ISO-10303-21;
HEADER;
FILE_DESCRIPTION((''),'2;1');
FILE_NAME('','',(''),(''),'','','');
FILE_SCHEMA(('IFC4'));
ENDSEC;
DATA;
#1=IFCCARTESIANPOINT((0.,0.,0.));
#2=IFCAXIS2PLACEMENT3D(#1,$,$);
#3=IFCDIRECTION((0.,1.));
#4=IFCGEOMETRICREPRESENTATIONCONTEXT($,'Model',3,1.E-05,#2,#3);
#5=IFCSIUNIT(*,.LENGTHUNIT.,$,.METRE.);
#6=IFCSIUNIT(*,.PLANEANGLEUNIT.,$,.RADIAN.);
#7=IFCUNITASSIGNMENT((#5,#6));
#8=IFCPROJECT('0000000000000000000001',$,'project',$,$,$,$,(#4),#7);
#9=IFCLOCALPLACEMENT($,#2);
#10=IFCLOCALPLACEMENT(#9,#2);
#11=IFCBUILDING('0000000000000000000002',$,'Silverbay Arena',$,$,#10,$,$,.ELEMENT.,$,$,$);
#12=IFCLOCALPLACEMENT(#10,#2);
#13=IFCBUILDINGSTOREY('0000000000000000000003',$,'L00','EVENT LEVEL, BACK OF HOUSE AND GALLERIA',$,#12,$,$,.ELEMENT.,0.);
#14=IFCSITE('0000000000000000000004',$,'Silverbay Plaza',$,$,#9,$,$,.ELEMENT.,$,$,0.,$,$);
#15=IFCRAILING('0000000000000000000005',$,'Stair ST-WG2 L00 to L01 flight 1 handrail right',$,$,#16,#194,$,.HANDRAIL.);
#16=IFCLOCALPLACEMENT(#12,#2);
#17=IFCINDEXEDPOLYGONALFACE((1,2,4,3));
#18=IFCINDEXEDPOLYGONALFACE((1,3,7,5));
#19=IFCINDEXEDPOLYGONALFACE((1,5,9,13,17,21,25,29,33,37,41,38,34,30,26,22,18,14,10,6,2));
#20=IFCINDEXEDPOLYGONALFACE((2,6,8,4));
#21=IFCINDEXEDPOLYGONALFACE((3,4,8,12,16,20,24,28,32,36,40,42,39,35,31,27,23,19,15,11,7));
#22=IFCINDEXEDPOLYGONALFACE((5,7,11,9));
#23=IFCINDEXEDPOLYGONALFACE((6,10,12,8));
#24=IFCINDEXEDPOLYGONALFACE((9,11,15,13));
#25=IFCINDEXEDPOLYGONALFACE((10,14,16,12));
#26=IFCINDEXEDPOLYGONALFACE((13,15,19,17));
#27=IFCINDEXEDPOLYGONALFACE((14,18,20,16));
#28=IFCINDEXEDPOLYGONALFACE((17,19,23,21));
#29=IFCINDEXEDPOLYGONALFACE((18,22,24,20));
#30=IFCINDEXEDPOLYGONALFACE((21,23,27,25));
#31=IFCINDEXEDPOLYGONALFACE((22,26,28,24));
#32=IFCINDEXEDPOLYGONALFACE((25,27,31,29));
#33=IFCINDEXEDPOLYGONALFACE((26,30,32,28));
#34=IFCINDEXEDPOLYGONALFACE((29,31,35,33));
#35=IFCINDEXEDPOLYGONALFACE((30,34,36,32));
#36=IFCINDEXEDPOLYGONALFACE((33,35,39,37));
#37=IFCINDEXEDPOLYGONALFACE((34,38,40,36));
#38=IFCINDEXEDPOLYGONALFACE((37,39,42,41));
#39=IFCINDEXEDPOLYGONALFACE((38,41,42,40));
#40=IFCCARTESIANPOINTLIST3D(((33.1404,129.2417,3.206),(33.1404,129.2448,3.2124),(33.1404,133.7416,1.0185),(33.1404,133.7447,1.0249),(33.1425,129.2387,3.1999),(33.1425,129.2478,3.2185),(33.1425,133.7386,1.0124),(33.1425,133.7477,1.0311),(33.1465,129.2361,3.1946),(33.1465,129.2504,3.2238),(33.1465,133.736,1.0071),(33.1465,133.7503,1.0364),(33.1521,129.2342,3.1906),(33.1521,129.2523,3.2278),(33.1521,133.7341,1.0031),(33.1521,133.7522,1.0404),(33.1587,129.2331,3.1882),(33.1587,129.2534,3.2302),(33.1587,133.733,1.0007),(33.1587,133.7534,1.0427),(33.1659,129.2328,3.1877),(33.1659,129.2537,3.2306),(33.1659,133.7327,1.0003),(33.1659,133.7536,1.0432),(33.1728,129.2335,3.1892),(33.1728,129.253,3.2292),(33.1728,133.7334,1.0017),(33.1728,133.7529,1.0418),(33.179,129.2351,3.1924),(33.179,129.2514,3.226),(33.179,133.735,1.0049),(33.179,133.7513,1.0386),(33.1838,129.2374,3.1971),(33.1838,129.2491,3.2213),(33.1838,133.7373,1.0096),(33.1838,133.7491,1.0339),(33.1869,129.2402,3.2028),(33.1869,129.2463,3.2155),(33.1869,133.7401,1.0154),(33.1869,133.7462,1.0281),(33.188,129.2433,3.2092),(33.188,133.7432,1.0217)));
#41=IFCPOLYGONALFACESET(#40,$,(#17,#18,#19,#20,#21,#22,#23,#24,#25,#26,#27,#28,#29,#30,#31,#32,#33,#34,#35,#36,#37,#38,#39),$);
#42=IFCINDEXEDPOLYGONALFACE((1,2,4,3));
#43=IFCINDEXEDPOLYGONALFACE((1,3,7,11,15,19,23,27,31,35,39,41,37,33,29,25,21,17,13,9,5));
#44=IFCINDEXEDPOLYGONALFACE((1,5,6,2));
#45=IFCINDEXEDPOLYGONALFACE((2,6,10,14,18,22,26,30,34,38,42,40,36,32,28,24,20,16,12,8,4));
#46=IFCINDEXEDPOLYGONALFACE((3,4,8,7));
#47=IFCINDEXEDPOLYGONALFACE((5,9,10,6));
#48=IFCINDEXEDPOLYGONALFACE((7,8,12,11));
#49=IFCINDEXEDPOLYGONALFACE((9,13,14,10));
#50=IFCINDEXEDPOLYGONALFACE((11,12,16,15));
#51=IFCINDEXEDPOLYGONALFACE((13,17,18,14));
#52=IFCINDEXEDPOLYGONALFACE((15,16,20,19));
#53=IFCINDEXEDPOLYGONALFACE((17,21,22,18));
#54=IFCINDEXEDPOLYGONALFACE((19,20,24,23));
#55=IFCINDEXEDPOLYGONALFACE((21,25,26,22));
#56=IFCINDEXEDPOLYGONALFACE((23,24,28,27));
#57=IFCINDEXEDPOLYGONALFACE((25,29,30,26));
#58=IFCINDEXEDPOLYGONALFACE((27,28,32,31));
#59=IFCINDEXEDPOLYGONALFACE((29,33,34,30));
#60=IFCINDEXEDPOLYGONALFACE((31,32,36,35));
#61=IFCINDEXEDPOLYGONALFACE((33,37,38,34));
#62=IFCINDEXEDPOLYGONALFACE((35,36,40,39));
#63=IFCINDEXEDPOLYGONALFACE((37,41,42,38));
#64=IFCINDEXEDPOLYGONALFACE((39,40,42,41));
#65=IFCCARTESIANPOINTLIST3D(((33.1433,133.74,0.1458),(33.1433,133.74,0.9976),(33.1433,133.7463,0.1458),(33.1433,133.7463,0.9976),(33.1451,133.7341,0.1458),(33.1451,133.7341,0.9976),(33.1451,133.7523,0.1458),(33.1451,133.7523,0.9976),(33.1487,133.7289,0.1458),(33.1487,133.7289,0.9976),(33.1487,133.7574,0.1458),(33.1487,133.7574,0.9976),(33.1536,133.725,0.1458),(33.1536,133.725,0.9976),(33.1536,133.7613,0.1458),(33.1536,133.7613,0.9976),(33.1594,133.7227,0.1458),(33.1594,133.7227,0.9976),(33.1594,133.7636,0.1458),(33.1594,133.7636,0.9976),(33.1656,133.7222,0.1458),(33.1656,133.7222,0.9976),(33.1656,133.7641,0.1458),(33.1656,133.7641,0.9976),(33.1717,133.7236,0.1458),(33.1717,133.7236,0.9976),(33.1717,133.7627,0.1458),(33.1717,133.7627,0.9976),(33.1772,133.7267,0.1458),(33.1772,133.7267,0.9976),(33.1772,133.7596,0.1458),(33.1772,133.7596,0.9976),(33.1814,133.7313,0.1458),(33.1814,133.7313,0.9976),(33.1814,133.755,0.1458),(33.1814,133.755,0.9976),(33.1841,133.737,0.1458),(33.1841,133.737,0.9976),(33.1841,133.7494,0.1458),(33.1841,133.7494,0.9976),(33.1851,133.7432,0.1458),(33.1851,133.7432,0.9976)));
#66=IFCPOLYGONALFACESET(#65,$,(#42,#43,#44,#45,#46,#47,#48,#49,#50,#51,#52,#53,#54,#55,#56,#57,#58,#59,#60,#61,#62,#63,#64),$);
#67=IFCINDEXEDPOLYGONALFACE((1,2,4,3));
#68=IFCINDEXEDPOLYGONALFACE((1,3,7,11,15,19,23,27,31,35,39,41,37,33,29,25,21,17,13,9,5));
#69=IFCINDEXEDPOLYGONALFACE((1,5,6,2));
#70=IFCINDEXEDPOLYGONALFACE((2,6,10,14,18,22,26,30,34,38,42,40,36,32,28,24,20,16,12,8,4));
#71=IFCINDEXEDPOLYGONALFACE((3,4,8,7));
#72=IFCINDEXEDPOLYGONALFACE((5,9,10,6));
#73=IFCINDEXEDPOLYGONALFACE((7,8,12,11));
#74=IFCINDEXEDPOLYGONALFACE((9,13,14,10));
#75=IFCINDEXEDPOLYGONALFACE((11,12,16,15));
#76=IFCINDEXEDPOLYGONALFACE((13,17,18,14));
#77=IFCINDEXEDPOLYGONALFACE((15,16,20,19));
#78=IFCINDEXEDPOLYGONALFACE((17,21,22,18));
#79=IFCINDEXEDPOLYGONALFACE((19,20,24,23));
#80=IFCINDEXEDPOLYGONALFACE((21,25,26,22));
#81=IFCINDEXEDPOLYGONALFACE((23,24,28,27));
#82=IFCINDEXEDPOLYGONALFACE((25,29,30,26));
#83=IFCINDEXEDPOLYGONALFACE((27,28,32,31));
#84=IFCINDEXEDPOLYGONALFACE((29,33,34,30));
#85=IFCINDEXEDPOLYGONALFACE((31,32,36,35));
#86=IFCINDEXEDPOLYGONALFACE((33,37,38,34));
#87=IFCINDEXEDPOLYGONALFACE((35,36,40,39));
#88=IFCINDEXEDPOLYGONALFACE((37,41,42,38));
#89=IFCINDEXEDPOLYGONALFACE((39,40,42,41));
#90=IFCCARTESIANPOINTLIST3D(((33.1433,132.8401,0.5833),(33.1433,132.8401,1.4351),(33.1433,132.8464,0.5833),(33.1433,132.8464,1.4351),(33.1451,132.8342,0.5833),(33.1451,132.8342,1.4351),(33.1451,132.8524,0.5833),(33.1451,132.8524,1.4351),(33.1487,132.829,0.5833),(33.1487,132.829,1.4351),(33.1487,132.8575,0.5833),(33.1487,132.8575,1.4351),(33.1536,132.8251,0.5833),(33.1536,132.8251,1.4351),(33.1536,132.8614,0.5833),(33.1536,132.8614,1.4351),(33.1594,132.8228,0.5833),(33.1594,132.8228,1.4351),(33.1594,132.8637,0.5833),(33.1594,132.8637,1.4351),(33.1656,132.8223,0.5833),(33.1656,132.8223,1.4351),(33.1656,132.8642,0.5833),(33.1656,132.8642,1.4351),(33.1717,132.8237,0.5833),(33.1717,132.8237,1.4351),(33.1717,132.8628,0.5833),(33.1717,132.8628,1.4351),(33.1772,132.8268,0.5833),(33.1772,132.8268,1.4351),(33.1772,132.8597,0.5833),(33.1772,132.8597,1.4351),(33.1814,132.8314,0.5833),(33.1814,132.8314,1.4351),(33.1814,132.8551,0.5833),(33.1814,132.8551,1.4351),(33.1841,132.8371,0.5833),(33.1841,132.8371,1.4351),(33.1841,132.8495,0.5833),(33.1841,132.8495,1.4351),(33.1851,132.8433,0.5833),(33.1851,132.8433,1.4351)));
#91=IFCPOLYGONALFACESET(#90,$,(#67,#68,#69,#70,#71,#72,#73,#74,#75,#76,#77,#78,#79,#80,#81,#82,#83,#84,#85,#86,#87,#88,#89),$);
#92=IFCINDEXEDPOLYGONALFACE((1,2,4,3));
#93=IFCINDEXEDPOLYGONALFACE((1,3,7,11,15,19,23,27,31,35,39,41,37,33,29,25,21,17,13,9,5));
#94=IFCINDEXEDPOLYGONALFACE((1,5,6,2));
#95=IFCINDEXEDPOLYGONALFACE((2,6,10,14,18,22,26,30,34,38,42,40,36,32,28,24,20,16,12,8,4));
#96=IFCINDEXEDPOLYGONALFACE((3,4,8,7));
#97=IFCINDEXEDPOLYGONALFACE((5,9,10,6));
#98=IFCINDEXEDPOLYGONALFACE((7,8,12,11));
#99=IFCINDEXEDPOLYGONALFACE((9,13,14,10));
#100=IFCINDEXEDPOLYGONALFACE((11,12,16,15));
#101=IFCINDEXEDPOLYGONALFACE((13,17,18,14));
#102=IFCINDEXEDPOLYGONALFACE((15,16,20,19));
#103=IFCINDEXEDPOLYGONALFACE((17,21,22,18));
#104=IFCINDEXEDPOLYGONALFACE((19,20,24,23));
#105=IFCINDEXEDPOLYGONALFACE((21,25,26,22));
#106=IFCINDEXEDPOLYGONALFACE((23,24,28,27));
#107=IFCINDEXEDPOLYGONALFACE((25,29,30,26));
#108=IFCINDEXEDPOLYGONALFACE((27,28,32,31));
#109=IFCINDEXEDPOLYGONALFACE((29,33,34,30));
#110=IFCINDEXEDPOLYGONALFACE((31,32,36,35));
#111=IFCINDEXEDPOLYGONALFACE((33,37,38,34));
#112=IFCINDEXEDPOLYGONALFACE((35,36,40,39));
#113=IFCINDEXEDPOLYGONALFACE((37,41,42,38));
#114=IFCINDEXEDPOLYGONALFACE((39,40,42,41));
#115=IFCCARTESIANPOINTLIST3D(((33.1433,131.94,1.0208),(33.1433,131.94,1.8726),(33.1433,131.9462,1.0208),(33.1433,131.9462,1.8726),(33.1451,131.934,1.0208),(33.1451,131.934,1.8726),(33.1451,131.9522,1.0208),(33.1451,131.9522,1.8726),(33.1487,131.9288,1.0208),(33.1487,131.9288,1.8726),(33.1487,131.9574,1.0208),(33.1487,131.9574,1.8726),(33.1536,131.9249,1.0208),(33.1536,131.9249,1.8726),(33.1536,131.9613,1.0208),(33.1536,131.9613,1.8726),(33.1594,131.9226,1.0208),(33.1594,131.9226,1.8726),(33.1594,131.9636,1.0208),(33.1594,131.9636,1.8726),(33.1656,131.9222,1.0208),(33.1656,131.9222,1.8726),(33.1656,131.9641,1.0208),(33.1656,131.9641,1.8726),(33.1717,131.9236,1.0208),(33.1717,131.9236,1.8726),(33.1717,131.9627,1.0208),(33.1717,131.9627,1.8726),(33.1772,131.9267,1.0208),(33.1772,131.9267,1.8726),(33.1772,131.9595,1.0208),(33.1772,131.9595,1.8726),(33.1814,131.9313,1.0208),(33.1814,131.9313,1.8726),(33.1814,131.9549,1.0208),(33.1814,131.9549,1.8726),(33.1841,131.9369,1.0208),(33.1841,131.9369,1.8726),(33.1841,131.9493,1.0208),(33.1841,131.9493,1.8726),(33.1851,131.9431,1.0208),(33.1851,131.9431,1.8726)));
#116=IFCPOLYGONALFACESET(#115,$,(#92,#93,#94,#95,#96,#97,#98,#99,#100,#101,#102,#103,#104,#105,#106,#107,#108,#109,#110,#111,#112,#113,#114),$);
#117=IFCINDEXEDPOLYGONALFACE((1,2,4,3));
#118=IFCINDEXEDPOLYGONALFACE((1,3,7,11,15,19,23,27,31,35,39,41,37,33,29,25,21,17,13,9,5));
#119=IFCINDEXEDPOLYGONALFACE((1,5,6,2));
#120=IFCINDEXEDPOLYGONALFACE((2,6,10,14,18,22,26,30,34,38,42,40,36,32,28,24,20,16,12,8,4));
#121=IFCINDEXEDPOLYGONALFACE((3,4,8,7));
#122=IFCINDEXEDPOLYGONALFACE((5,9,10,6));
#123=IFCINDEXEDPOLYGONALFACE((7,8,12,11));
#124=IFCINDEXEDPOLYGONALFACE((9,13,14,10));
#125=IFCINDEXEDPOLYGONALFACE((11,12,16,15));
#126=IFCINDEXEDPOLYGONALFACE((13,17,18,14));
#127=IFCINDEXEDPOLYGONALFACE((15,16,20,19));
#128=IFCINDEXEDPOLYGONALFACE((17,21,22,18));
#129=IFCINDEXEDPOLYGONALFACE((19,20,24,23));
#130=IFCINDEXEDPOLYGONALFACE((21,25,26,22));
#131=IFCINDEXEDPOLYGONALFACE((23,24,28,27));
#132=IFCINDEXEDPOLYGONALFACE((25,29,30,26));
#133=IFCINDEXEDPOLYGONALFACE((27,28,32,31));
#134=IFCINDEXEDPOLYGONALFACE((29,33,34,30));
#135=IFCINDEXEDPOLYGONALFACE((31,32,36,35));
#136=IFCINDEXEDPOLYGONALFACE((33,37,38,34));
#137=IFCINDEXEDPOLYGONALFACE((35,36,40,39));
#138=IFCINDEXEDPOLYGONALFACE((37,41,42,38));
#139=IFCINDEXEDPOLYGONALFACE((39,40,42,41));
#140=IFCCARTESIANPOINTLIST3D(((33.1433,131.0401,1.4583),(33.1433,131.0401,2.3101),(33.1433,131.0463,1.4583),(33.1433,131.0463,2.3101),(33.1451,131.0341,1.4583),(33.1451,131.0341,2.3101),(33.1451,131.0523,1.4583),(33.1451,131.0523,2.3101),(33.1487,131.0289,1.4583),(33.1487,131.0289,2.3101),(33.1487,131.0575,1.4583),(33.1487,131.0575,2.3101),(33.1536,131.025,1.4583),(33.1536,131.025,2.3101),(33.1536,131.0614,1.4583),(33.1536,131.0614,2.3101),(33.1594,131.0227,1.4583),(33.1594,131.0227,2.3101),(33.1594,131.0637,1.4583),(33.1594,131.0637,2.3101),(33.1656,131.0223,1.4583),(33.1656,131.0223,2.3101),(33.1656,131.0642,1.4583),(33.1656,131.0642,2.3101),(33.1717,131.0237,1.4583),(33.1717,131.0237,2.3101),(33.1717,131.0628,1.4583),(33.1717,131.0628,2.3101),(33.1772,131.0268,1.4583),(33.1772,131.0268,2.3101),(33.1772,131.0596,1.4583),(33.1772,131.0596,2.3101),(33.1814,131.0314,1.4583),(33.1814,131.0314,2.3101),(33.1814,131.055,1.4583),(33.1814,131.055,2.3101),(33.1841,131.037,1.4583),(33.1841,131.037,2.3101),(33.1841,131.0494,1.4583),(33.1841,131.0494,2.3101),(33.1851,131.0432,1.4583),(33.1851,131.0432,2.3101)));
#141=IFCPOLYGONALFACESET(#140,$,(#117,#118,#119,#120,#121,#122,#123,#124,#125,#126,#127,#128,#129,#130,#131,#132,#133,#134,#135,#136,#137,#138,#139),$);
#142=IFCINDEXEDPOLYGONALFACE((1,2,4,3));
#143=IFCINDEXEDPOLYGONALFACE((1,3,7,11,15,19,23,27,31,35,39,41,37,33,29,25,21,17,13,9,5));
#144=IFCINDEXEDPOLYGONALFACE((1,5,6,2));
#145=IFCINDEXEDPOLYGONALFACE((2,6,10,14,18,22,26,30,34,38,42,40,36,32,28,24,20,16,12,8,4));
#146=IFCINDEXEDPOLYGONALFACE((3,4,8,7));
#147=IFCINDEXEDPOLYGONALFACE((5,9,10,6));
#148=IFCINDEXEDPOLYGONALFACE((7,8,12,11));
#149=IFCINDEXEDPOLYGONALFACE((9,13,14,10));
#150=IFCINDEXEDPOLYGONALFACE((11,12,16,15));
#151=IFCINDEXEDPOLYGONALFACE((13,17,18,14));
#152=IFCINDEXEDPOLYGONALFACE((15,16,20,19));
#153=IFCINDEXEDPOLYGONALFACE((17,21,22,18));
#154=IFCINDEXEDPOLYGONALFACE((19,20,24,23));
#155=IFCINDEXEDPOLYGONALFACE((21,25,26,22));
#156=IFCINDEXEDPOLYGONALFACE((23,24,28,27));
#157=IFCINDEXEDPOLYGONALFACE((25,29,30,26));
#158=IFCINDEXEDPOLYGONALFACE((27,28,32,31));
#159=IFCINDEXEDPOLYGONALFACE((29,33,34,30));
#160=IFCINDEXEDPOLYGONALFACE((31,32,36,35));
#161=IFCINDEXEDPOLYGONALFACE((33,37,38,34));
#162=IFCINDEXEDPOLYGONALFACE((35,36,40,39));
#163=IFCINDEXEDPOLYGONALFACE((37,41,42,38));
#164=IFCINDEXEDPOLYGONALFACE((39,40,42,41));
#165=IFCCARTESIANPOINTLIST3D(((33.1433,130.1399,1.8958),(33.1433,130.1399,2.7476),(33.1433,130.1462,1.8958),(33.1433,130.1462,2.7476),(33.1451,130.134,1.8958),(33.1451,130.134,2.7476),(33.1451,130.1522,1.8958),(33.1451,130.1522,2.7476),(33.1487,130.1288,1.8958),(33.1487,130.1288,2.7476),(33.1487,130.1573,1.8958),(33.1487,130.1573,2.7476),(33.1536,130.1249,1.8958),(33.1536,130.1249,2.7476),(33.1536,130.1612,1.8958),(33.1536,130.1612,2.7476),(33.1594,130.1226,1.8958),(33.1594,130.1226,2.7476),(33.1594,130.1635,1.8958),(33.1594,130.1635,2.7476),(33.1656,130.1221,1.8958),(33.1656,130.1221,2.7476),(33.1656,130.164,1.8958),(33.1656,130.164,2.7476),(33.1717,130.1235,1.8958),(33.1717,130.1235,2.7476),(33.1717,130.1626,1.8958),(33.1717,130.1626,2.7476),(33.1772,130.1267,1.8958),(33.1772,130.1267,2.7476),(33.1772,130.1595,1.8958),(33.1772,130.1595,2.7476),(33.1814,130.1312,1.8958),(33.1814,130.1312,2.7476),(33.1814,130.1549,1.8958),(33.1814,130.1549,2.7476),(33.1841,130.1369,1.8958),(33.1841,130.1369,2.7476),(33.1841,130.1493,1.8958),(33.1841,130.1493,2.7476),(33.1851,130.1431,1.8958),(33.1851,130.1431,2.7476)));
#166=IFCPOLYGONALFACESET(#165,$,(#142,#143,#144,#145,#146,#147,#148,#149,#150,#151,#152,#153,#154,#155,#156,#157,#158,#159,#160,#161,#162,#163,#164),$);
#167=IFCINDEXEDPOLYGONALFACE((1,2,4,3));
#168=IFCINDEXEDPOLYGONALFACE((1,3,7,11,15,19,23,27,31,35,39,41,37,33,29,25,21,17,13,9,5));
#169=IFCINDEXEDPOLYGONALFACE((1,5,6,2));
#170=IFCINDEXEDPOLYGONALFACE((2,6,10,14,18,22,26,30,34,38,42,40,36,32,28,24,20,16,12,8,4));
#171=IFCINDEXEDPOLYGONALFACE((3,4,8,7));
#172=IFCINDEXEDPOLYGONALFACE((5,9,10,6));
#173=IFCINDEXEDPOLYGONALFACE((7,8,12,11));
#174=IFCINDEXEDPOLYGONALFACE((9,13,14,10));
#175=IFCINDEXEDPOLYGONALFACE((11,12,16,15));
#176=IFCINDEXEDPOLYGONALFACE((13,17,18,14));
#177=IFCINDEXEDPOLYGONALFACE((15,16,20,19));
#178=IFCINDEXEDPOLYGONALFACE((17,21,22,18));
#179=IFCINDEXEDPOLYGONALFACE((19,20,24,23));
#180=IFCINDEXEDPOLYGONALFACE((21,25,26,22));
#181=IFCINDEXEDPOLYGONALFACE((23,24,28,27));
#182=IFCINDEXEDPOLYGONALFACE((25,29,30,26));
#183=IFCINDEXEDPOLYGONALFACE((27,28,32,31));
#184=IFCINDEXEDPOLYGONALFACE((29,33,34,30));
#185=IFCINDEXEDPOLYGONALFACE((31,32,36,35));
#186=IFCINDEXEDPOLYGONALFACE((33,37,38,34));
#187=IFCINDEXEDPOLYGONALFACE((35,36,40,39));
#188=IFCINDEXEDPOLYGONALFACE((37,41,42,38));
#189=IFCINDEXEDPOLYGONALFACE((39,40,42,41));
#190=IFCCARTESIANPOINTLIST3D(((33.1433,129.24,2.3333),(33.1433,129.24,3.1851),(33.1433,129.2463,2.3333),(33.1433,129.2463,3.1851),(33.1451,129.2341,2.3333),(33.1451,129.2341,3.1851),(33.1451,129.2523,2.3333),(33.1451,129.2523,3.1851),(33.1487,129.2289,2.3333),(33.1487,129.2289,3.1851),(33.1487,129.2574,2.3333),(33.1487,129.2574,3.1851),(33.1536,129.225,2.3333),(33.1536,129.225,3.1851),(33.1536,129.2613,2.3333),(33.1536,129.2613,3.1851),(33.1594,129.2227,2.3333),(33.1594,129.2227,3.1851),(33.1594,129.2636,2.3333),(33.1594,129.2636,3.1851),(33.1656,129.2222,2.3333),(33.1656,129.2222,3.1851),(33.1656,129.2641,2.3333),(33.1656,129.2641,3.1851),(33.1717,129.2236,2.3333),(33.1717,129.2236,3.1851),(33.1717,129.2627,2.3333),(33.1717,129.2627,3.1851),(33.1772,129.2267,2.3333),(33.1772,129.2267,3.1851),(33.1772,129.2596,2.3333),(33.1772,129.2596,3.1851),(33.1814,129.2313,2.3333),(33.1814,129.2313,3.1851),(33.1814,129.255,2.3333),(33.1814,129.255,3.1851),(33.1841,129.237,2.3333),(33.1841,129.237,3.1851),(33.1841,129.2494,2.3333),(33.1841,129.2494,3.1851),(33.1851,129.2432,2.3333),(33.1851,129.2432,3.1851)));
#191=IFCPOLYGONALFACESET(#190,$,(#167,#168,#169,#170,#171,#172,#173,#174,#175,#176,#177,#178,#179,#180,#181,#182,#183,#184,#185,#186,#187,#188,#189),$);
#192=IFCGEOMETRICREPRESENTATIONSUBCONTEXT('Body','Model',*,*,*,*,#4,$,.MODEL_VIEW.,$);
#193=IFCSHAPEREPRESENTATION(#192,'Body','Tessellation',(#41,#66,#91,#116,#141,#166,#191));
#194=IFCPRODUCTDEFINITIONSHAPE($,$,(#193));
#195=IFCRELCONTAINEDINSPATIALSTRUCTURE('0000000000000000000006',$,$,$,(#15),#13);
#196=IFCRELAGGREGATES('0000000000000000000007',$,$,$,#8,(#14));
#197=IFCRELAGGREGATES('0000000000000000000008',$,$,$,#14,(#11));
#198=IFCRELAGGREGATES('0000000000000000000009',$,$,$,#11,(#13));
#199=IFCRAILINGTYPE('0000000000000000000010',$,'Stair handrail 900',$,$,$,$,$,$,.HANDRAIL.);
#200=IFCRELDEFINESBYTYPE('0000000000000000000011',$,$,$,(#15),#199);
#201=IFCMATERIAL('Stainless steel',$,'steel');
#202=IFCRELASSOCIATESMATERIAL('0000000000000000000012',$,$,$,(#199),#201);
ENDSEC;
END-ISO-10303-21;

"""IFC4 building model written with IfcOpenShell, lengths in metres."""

from ifc_helpers import new_model, si_unit, direction, frame, origin, origin_2d, place, context, subcontext, project, spatial, circle, extrude, material, type_object, element, save


model = new_model("IFC4")

# Units and contexts
model_context = context("Model", 3, precision=1e-05, world=origin(), true_north=direction((0.0, 1.0)))
body_context = subcontext(model_context, "Body", "Model", "MODEL_VIEW")
ifc_project = project(units=[si_unit("LENGTHUNIT", "METRE"), si_unit("PLANEANGLEUNIT", "RADIAN")], contexts=[model_context])

# Site, building, storey
site_placement = place(None, origin())
site = spatial("IfcSite", under=ifc_project, at=site_placement, Name="Silverbay Plaza", CompositionType="ELEMENT", RefElevation=0.0)
building_placement = place(site_placement, origin())
building = spatial("IfcBuilding", under=site, at=building_placement, Name="Silverbay Arena", CompositionType="ELEMENT")
storey_placement = place(building_placement, origin())
storey = spatial("IfcBuildingStorey", under=building, at=storey_placement, Name="L00", Description="EVENT LEVEL, BACK OF HOUSE AND GALLERIA", CompositionType="ELEMENT", Elevation=0.0)

# Railing
ifc_material_1 = material(Name="Stainless steel", Category="steel")
railing_type_1 = type_object("IfcRailingType", Name="Stair handrail 900", PredefinedType="HANDRAIL", material=ifc_material_1)
for number, where, name in (
    (1, (33.1641, 133.7432, 0.1458), "Stair ST-WG2 L00 to L01 flight 1 handrail right"),
):
    element("IfcRailing", number, at=place(storey_placement, frame(where)), inside=storey, type_object=railing_type_1, Name=name, PredefinedType="HANDRAIL", context=body_context, shape_type="SweptSolid", body=[
        extrude(circle(Radius=0.0239, at=origin_2d()), frame((0.0, 0.0, 0.876), z_axis=(0.0, -0.899368, 0.437193), x_axis=(1.0, 0.0, 0.0)), (0.0, 0.0, 1.0), 5.0034),
        extrude(circle(Radius=0.021, at=origin_2d()), origin(), (0.0, 0.0, 1.0), 0.8518),
        extrude(circle(Radius=0.021, at=origin_2d()), frame((0.0, -0.8999, 0.4375)), (0.0, 0.0, 1.0), 0.8518),
        extrude(circle(Radius=0.021, at=origin_2d()), frame((0.0, -1.8, 0.875)), (0.0, 0.0, 1.0), 0.8518),
        extrude(circle(Radius=0.021, at=origin_2d()), frame((0.0, -2.7, 1.3125)), (0.0, 0.0, 1.0), 0.8518),
        extrude(circle(Radius=0.021, at=origin_2d()), frame((0.0, -3.6001, 1.75)), (0.0, 0.0, 1.0), 0.8518),
        extrude(circle(Radius=0.021, at=origin_2d()), frame((0.0, -4.5, 2.1875)), (0.0, 0.0, 1.0), 0.8518),
    ])

save(model, "model.ifc")
